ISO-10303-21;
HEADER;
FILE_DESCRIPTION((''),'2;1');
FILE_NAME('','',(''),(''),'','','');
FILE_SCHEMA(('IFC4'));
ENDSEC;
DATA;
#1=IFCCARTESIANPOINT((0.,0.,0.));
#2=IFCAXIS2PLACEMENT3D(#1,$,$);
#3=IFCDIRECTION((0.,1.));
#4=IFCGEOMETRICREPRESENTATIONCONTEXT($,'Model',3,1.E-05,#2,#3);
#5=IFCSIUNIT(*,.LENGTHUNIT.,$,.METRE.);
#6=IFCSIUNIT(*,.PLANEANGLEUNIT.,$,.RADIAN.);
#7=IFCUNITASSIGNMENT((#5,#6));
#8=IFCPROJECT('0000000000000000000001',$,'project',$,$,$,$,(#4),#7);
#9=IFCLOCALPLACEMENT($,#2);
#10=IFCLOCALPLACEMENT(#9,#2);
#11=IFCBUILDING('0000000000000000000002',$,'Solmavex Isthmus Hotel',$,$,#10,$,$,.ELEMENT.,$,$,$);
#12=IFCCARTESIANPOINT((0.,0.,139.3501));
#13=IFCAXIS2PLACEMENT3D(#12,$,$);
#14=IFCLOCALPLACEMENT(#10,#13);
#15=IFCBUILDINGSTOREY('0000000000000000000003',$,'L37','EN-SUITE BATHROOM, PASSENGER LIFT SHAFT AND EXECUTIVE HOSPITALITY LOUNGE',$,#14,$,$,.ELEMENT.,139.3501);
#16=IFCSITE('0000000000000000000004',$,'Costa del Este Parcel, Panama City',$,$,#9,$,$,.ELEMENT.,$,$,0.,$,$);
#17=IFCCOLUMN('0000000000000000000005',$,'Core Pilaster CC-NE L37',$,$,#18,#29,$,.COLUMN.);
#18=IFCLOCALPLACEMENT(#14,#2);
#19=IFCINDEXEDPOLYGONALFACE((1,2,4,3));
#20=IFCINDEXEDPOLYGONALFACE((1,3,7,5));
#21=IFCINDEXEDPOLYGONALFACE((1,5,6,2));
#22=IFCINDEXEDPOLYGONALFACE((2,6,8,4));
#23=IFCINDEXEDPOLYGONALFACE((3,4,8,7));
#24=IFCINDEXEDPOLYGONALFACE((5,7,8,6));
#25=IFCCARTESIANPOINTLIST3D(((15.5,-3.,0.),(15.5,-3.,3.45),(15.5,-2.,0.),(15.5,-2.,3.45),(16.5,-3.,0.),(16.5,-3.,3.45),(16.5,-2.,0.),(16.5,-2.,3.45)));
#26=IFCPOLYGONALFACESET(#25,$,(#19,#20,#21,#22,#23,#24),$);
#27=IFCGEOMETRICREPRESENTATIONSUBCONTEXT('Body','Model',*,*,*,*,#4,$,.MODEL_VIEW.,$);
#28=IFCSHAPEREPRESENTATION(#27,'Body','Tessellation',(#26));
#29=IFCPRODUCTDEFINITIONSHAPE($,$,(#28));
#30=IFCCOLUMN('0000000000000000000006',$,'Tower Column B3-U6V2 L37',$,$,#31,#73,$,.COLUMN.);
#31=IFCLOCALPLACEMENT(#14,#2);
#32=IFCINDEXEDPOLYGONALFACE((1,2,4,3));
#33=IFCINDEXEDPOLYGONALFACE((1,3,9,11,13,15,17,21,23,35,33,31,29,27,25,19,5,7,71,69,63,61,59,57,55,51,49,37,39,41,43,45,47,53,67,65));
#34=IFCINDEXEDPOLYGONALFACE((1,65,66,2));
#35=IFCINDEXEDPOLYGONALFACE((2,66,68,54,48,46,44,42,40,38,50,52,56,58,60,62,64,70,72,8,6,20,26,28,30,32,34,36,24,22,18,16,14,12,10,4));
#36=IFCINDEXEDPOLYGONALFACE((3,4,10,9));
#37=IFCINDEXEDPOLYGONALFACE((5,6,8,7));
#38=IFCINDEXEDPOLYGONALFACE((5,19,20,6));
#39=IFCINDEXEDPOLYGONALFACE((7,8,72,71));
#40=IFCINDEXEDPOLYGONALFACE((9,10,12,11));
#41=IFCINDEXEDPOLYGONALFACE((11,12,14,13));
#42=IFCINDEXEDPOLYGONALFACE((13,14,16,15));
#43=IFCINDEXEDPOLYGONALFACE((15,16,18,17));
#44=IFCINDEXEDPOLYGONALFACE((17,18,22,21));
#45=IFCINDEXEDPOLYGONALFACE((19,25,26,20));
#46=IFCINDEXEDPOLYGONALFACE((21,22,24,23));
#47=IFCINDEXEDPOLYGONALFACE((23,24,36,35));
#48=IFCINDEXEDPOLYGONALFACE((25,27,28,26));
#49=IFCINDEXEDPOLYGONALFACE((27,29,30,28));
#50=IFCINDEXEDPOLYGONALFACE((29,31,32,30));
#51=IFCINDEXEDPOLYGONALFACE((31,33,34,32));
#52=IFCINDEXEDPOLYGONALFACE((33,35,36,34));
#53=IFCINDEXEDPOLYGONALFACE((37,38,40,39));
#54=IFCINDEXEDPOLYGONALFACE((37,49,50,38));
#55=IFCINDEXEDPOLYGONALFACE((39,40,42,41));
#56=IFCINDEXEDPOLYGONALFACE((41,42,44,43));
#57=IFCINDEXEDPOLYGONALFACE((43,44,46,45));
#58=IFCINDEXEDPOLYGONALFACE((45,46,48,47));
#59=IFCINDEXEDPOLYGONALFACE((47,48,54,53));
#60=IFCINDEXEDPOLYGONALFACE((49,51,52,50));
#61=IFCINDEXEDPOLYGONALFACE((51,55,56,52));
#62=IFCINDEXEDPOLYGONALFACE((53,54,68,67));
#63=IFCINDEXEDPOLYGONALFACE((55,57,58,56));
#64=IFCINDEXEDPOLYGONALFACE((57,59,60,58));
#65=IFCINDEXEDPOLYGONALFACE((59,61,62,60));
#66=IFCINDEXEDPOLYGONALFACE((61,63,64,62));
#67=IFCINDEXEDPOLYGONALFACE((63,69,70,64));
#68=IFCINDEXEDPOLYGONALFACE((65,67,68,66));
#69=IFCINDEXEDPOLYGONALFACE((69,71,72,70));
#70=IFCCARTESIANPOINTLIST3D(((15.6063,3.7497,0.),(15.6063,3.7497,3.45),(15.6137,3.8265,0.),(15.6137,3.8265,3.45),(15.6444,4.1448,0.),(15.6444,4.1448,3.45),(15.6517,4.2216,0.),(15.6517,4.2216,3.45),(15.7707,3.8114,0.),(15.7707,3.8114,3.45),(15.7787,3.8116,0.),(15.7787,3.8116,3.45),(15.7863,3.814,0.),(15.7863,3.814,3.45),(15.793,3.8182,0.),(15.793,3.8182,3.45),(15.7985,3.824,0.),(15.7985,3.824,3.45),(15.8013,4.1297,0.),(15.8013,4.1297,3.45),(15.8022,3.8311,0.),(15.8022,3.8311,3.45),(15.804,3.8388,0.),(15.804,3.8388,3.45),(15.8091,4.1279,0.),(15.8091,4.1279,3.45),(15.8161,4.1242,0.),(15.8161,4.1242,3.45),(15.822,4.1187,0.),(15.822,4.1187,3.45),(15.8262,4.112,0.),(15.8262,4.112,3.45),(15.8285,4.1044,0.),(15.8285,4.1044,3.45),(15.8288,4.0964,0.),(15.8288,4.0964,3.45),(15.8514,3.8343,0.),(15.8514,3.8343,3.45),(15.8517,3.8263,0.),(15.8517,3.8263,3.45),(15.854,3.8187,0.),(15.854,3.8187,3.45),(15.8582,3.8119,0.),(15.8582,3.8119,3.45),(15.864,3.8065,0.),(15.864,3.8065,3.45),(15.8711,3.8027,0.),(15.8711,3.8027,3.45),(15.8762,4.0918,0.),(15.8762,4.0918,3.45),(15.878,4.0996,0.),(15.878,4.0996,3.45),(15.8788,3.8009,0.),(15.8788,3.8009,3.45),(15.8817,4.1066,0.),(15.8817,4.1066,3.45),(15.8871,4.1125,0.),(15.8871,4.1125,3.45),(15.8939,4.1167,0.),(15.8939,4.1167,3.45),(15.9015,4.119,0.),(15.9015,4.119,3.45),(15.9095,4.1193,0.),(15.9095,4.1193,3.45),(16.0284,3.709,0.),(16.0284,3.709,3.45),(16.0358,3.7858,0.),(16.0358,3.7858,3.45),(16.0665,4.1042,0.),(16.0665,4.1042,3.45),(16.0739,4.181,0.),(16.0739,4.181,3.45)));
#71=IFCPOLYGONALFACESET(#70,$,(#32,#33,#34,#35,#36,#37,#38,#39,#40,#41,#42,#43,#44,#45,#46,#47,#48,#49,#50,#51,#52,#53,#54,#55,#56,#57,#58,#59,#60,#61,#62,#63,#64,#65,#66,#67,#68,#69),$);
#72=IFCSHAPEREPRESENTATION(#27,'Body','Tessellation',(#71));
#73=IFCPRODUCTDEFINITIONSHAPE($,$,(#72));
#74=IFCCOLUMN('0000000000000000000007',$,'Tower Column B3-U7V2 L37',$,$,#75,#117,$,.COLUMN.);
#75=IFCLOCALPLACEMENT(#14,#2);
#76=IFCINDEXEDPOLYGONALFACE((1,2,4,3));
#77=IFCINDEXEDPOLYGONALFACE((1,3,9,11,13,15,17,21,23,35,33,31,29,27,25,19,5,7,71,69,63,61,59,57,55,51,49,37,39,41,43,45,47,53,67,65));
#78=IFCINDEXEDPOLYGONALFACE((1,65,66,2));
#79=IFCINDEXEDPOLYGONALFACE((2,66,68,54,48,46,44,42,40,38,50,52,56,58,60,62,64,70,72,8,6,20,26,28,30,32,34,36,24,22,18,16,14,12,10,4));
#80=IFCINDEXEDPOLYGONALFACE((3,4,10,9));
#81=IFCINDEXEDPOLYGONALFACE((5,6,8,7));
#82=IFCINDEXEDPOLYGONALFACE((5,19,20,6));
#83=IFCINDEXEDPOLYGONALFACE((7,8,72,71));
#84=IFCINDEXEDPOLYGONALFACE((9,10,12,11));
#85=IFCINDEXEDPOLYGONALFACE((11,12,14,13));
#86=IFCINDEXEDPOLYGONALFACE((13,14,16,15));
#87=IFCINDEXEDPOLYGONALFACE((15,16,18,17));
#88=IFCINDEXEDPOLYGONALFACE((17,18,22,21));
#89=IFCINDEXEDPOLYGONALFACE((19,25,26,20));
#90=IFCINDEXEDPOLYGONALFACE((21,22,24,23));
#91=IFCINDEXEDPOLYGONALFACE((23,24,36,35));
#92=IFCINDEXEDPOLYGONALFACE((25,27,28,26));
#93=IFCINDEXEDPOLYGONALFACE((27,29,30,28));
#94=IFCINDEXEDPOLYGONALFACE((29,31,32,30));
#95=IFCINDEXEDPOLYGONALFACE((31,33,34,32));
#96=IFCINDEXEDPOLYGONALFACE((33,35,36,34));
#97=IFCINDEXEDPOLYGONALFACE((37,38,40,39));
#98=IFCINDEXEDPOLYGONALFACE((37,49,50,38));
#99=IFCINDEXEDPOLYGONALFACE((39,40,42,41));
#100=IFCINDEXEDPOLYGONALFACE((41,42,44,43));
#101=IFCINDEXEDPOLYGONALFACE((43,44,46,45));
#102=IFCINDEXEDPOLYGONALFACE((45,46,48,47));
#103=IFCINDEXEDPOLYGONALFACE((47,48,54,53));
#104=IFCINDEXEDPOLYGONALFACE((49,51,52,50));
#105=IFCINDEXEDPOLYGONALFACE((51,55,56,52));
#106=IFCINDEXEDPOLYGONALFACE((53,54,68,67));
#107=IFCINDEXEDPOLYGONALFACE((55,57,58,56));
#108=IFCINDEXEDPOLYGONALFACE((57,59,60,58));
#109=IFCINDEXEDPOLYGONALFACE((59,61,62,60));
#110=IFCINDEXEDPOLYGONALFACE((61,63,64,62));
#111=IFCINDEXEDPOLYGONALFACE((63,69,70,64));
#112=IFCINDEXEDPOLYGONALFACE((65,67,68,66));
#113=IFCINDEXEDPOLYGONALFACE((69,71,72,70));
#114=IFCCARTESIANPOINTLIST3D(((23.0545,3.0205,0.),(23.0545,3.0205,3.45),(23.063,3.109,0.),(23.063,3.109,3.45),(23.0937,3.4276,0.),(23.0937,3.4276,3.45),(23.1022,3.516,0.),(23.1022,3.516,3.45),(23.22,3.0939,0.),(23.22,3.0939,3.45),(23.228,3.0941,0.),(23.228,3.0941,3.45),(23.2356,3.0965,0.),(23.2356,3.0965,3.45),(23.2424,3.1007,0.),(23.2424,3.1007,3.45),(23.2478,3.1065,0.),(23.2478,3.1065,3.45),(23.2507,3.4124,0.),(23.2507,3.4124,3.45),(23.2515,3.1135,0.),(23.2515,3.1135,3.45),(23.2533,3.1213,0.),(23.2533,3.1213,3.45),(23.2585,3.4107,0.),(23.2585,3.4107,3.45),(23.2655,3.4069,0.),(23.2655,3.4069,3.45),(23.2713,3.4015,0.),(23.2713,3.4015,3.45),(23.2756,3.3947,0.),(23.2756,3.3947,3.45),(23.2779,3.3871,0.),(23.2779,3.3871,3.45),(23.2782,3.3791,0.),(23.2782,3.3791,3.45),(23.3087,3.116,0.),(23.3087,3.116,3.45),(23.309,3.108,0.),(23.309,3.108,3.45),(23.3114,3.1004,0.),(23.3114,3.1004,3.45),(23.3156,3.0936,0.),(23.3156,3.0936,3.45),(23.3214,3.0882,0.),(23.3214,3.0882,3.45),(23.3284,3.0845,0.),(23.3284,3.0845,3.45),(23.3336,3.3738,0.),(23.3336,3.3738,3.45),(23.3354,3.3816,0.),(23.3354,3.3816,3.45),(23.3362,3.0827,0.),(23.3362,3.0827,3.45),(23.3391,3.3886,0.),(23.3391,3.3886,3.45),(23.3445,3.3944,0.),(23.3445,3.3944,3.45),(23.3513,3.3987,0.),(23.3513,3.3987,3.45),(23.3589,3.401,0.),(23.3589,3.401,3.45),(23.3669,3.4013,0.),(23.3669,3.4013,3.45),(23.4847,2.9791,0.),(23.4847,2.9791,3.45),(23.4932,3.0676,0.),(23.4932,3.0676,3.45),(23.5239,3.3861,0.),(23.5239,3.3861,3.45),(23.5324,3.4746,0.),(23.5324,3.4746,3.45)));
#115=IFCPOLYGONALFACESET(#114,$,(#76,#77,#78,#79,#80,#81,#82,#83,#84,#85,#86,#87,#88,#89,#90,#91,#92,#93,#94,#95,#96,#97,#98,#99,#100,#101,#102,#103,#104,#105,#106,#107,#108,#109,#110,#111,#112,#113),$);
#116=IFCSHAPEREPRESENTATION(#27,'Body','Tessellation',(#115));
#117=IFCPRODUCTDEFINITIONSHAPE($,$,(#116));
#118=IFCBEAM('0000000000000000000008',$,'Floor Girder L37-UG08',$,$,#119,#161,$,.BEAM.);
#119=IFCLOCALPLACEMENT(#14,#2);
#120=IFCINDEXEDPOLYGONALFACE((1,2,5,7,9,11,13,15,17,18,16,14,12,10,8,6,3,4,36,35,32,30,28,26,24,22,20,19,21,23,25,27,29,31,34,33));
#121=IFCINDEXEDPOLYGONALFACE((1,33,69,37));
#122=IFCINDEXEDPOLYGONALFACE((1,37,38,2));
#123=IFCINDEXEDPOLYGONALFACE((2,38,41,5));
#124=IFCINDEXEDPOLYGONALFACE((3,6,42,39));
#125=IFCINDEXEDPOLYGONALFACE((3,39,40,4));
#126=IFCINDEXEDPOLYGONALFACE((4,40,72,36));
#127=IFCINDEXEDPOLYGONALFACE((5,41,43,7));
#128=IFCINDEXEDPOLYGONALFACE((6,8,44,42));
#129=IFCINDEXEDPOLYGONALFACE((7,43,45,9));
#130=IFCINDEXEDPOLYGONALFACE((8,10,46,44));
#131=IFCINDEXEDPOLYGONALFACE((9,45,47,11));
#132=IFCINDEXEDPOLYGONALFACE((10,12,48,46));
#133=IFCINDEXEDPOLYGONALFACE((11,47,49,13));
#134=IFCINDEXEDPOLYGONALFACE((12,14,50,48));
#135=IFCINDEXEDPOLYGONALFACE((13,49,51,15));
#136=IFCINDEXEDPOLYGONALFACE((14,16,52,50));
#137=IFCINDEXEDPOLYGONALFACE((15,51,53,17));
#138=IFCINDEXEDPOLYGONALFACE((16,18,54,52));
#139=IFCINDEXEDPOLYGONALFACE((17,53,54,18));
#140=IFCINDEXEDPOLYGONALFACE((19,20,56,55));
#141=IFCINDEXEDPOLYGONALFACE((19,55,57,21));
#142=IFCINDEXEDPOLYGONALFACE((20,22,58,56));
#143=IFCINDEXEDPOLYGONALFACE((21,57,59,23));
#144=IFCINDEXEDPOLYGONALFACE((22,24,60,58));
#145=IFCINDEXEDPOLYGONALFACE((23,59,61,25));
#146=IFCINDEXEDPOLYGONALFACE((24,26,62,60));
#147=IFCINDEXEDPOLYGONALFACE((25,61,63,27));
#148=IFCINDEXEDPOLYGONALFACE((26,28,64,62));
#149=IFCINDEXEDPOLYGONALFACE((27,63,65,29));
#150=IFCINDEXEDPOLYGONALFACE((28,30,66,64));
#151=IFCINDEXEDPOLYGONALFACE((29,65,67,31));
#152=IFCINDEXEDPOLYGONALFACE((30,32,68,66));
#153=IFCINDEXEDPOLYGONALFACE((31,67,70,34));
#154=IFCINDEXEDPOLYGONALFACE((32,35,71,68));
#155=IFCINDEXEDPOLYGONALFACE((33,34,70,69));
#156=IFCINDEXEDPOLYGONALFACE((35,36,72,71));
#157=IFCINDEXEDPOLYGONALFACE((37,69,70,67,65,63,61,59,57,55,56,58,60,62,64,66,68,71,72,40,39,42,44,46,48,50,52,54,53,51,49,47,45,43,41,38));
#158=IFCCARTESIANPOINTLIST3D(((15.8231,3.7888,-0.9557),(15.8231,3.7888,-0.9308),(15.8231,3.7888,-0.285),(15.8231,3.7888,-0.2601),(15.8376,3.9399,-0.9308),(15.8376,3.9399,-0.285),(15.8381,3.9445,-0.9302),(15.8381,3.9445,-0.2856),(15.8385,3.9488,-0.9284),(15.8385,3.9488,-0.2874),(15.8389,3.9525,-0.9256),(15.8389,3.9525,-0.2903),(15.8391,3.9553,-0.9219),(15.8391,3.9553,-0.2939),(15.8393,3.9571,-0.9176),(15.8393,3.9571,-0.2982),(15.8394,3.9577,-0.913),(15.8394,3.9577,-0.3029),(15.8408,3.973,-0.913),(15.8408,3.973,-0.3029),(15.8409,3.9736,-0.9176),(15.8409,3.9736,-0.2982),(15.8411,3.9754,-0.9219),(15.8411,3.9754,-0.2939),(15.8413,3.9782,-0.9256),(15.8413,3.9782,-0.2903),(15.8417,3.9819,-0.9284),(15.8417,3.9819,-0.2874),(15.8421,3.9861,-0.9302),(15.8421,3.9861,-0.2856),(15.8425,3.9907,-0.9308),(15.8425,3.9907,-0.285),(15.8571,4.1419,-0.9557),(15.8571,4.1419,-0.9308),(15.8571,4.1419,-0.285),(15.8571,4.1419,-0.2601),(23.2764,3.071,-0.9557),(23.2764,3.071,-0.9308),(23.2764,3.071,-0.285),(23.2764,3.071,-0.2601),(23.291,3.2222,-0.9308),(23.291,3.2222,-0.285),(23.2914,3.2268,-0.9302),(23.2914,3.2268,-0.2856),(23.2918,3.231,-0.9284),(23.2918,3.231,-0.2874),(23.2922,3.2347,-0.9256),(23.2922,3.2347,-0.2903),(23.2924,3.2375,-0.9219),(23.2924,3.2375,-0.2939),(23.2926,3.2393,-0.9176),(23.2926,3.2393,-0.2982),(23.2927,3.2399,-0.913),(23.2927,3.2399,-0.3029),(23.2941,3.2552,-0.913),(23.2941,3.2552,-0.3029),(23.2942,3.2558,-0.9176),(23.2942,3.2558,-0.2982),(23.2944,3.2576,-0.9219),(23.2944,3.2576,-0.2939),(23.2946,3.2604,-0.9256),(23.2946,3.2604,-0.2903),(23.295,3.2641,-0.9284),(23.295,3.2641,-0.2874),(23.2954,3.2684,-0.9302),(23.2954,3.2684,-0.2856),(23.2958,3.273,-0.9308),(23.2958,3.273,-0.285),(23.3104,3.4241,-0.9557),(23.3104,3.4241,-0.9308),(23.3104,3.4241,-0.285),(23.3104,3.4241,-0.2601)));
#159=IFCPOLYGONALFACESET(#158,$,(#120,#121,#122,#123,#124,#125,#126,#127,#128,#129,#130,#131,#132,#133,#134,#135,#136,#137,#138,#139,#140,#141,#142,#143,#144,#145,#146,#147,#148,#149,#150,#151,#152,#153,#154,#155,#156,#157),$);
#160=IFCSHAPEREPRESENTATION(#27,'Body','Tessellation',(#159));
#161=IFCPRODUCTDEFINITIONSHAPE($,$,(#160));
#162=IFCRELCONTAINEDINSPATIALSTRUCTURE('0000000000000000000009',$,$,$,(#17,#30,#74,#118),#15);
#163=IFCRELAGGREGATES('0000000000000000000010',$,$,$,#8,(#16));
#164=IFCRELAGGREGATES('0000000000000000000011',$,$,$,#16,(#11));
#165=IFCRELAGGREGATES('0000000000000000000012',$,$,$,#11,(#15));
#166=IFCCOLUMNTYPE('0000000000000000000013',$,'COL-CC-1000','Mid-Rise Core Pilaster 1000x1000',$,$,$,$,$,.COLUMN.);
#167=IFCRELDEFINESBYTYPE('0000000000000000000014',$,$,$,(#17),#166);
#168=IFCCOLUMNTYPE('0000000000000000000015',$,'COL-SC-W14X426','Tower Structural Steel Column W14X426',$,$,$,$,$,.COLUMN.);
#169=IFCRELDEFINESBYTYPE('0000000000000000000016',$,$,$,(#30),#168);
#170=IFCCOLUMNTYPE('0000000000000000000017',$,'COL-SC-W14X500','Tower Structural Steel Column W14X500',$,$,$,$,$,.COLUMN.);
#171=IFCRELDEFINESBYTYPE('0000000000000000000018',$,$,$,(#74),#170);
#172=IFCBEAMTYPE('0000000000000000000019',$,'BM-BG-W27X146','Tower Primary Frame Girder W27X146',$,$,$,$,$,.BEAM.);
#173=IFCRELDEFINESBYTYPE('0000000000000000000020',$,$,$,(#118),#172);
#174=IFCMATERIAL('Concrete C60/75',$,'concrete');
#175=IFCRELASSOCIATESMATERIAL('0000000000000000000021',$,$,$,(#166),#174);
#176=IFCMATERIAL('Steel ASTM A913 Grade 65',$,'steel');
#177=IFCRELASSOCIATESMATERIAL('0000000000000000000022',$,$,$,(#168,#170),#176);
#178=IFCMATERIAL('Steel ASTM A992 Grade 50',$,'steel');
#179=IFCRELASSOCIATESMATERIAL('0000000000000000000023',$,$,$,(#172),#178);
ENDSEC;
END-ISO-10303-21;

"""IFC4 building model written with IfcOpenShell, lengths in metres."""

from ifc_helpers import new_model, si_unit, direction, frame, origin, origin_2d, place, context, subcontext, project, spatial, rectangle, i_section, extrude, material, material_profile, profile_set, type_object, element, save


model = new_model("IFC4")

# Units and contexts
model_context = context("Model", 3, precision=1e-05, world=origin(), true_north=direction((0.0, 1.0)))
body_context = subcontext(model_context, "Body", "Model", "MODEL_VIEW")
ifc_project = project(units=[si_unit("LENGTHUNIT", "METRE"), si_unit("PLANEANGLEUNIT", "RADIAN")], contexts=[model_context])

# Site, building, storey
site_placement = place(None, origin())
site = spatial("IfcSite", under=ifc_project, at=site_placement, Name="Costa del Este Parcel, Panama City", CompositionType="ELEMENT", RefElevation=0.0)
building_placement = place(site_placement, origin())
building = spatial("IfcBuilding", under=site, at=building_placement, Name="Solmavex Isthmus Hotel", CompositionType="ELEMENT")
storey_placement = place(building_placement, frame((0.0, 0.0, 139.3501)))
storey = spatial("IfcBuildingStorey", under=building, at=storey_placement, Name="L37", Description="EN-SUITE BATHROOM, PASSENGER LIFT SHAFT AND EXECUTIVE HOSPITALITY LOUNGE", CompositionType="ELEMENT", Elevation=139.3501)

# Columns
ifc_material_1 = material(Name="Concrete C60/75", Category="concrete")
ifc_material_profile_1 = material_profile(ifc_material_1, rectangle(XDim=1.0, YDim=1.0, at=origin_2d()), Name="RC1000X1000")
ifc_profile_set_1 = profile_set([ifc_material_profile_1], Name="Concrete C60/75")
column_type_1 = type_object("IfcColumnType", Name="COL-CC-1000", Description="Mid-Rise Core Pilaster 1000x1000", PredefinedType="COLUMN", material=ifc_profile_set_1)
column_1_placement = place(storey_placement, frame((16.0, -2.5, 0.0), z_axis=(0.0, 0.0, 1.0), x_axis=(1.0, 0.0, 0.0)))
element("IfcColumn", 1, at=column_1_placement, inside=storey, type_object=column_type_1, Name="Core Pilaster CC-NE L37", PredefinedType="COLUMN", context=body_context, shape_type="SweptSolid", body=[
    extrude(rectangle(XDim=1.0, YDim=1.0, at=origin_2d()), origin(), (0.0, 0.0, 1.0), 3.45),
])
ifc_material_2 = material(Name="Steel ASTM A913 Grade 65", Category="steel")
ifc_material_profile_2 = material_profile(ifc_material_2, i_section(OverallWidth=0.4241, OverallDepth=0.4741, WebThickness=0.0476, FlangeThickness=0.0771, FilletRadius=0.0305, at=origin_2d()), Name="W14X426")
ifc_profile_set_2 = profile_set([ifc_material_profile_2], Name="Steel ASTM A913 Grade 65")
column_type_2 = type_object("IfcColumnType", Name="COL-SC-W14X426", Description="Tower Structural Steel Column W14X426", PredefinedType="COLUMN", material=ifc_profile_set_2)
column_2_placement = place(storey_placement, frame((15.8401, 3.9653, 0.0), z_axis=(0.0, 0.0, 1.0), x_axis=(0.995396, -0.095846, 0.0)))
element("IfcColumn", 2, at=column_2_placement, inside=storey, type_object=column_type_2, Name="Tower Column B3-U6V2 L37", PredefinedType="COLUMN", context=body_context, shape_type="SweptSolid", body=[
    extrude(i_section(OverallWidth=0.4241, OverallDepth=0.4741, WebThickness=0.0476, FlangeThickness=0.0771, FilletRadius=0.0305, at=origin_2d()), origin(), (0.0, 0.0, 1.0), 3.45),
])
ifc_material_profile_3 = material_profile(ifc_material_2, i_section(OverallWidth=0.4321, OverallDepth=0.4978, WebThickness=0.0557, FlangeThickness=0.0889, FilletRadius=0.0305, at=origin_2d()), Name="W14X500")
ifc_profile_set_3 = profile_set([ifc_material_profile_3], Name="Steel ASTM A913 Grade 65")
column_type_3 = type_object("IfcColumnType", Name="COL-SC-W14X500", Description="Tower Structural Steel Column W14X500", PredefinedType="COLUMN", material=ifc_profile_set_3)
column_3_placement = place(storey_placement, frame((23.2935, 3.2476, 0.0), z_axis=(0.0, 0.0, 1.0), x_axis=(0.995396, -0.095846, 0.0)))
element("IfcColumn", 3, at=column_3_placement, inside=storey, type_object=column_type_3, Name="Tower Column B3-U7V2 L37", PredefinedType="COLUMN", context=body_context, shape_type="SweptSolid", body=[
    extrude(i_section(OverallWidth=0.4321, OverallDepth=0.4978, WebThickness=0.0557, FlangeThickness=0.0889, FilletRadius=0.0305, at=origin_2d()), origin(), (0.0, 0.0, 1.0), 3.45),
])

# Beam
ifc_material_3 = material(Name="Steel ASTM A992 Grade 50", Category="steel")
ifc_material_profile_4 = material_profile(ifc_material_3, i_section(OverallWidth=0.3547, OverallDepth=0.6956, WebThickness=0.0154, FlangeThickness=0.0249, FilletRadius=0.0178, at=origin_2d()), Name="W27X146")
ifc_profile_set_4 = profile_set([ifc_material_profile_4], Name="Steel ASTM A992 Grade 50")
beam_type_1 = type_object("IfcBeamType", Name="BM-BG-W27X146", Description="Tower Primary Frame Girder W27X146", PredefinedType="BEAM", material=ifc_profile_set_4)
beam_1_placement = place(storey_placement, frame((15.8401, 3.9653, -0.6079), z_axis=(0.995395, -0.095858, 0.0), x_axis=(0.095858, 0.995395, 0.0)))
element("IfcBeam", 4, at=beam_1_placement, inside=storey, type_object=beam_type_1, Name="Floor Girder L37-UG08", PredefinedType="BEAM", context=body_context, shape_type="SweptSolid", body=[
    extrude(i_section(OverallWidth=0.3547, OverallDepth=0.6956, WebThickness=0.0154, FlangeThickness=0.0249, FilletRadius=0.0178, at=origin_2d()), origin(), (0.0, 0.0, 1.0), 7.4878),
])

save(model, "model.ifc")
